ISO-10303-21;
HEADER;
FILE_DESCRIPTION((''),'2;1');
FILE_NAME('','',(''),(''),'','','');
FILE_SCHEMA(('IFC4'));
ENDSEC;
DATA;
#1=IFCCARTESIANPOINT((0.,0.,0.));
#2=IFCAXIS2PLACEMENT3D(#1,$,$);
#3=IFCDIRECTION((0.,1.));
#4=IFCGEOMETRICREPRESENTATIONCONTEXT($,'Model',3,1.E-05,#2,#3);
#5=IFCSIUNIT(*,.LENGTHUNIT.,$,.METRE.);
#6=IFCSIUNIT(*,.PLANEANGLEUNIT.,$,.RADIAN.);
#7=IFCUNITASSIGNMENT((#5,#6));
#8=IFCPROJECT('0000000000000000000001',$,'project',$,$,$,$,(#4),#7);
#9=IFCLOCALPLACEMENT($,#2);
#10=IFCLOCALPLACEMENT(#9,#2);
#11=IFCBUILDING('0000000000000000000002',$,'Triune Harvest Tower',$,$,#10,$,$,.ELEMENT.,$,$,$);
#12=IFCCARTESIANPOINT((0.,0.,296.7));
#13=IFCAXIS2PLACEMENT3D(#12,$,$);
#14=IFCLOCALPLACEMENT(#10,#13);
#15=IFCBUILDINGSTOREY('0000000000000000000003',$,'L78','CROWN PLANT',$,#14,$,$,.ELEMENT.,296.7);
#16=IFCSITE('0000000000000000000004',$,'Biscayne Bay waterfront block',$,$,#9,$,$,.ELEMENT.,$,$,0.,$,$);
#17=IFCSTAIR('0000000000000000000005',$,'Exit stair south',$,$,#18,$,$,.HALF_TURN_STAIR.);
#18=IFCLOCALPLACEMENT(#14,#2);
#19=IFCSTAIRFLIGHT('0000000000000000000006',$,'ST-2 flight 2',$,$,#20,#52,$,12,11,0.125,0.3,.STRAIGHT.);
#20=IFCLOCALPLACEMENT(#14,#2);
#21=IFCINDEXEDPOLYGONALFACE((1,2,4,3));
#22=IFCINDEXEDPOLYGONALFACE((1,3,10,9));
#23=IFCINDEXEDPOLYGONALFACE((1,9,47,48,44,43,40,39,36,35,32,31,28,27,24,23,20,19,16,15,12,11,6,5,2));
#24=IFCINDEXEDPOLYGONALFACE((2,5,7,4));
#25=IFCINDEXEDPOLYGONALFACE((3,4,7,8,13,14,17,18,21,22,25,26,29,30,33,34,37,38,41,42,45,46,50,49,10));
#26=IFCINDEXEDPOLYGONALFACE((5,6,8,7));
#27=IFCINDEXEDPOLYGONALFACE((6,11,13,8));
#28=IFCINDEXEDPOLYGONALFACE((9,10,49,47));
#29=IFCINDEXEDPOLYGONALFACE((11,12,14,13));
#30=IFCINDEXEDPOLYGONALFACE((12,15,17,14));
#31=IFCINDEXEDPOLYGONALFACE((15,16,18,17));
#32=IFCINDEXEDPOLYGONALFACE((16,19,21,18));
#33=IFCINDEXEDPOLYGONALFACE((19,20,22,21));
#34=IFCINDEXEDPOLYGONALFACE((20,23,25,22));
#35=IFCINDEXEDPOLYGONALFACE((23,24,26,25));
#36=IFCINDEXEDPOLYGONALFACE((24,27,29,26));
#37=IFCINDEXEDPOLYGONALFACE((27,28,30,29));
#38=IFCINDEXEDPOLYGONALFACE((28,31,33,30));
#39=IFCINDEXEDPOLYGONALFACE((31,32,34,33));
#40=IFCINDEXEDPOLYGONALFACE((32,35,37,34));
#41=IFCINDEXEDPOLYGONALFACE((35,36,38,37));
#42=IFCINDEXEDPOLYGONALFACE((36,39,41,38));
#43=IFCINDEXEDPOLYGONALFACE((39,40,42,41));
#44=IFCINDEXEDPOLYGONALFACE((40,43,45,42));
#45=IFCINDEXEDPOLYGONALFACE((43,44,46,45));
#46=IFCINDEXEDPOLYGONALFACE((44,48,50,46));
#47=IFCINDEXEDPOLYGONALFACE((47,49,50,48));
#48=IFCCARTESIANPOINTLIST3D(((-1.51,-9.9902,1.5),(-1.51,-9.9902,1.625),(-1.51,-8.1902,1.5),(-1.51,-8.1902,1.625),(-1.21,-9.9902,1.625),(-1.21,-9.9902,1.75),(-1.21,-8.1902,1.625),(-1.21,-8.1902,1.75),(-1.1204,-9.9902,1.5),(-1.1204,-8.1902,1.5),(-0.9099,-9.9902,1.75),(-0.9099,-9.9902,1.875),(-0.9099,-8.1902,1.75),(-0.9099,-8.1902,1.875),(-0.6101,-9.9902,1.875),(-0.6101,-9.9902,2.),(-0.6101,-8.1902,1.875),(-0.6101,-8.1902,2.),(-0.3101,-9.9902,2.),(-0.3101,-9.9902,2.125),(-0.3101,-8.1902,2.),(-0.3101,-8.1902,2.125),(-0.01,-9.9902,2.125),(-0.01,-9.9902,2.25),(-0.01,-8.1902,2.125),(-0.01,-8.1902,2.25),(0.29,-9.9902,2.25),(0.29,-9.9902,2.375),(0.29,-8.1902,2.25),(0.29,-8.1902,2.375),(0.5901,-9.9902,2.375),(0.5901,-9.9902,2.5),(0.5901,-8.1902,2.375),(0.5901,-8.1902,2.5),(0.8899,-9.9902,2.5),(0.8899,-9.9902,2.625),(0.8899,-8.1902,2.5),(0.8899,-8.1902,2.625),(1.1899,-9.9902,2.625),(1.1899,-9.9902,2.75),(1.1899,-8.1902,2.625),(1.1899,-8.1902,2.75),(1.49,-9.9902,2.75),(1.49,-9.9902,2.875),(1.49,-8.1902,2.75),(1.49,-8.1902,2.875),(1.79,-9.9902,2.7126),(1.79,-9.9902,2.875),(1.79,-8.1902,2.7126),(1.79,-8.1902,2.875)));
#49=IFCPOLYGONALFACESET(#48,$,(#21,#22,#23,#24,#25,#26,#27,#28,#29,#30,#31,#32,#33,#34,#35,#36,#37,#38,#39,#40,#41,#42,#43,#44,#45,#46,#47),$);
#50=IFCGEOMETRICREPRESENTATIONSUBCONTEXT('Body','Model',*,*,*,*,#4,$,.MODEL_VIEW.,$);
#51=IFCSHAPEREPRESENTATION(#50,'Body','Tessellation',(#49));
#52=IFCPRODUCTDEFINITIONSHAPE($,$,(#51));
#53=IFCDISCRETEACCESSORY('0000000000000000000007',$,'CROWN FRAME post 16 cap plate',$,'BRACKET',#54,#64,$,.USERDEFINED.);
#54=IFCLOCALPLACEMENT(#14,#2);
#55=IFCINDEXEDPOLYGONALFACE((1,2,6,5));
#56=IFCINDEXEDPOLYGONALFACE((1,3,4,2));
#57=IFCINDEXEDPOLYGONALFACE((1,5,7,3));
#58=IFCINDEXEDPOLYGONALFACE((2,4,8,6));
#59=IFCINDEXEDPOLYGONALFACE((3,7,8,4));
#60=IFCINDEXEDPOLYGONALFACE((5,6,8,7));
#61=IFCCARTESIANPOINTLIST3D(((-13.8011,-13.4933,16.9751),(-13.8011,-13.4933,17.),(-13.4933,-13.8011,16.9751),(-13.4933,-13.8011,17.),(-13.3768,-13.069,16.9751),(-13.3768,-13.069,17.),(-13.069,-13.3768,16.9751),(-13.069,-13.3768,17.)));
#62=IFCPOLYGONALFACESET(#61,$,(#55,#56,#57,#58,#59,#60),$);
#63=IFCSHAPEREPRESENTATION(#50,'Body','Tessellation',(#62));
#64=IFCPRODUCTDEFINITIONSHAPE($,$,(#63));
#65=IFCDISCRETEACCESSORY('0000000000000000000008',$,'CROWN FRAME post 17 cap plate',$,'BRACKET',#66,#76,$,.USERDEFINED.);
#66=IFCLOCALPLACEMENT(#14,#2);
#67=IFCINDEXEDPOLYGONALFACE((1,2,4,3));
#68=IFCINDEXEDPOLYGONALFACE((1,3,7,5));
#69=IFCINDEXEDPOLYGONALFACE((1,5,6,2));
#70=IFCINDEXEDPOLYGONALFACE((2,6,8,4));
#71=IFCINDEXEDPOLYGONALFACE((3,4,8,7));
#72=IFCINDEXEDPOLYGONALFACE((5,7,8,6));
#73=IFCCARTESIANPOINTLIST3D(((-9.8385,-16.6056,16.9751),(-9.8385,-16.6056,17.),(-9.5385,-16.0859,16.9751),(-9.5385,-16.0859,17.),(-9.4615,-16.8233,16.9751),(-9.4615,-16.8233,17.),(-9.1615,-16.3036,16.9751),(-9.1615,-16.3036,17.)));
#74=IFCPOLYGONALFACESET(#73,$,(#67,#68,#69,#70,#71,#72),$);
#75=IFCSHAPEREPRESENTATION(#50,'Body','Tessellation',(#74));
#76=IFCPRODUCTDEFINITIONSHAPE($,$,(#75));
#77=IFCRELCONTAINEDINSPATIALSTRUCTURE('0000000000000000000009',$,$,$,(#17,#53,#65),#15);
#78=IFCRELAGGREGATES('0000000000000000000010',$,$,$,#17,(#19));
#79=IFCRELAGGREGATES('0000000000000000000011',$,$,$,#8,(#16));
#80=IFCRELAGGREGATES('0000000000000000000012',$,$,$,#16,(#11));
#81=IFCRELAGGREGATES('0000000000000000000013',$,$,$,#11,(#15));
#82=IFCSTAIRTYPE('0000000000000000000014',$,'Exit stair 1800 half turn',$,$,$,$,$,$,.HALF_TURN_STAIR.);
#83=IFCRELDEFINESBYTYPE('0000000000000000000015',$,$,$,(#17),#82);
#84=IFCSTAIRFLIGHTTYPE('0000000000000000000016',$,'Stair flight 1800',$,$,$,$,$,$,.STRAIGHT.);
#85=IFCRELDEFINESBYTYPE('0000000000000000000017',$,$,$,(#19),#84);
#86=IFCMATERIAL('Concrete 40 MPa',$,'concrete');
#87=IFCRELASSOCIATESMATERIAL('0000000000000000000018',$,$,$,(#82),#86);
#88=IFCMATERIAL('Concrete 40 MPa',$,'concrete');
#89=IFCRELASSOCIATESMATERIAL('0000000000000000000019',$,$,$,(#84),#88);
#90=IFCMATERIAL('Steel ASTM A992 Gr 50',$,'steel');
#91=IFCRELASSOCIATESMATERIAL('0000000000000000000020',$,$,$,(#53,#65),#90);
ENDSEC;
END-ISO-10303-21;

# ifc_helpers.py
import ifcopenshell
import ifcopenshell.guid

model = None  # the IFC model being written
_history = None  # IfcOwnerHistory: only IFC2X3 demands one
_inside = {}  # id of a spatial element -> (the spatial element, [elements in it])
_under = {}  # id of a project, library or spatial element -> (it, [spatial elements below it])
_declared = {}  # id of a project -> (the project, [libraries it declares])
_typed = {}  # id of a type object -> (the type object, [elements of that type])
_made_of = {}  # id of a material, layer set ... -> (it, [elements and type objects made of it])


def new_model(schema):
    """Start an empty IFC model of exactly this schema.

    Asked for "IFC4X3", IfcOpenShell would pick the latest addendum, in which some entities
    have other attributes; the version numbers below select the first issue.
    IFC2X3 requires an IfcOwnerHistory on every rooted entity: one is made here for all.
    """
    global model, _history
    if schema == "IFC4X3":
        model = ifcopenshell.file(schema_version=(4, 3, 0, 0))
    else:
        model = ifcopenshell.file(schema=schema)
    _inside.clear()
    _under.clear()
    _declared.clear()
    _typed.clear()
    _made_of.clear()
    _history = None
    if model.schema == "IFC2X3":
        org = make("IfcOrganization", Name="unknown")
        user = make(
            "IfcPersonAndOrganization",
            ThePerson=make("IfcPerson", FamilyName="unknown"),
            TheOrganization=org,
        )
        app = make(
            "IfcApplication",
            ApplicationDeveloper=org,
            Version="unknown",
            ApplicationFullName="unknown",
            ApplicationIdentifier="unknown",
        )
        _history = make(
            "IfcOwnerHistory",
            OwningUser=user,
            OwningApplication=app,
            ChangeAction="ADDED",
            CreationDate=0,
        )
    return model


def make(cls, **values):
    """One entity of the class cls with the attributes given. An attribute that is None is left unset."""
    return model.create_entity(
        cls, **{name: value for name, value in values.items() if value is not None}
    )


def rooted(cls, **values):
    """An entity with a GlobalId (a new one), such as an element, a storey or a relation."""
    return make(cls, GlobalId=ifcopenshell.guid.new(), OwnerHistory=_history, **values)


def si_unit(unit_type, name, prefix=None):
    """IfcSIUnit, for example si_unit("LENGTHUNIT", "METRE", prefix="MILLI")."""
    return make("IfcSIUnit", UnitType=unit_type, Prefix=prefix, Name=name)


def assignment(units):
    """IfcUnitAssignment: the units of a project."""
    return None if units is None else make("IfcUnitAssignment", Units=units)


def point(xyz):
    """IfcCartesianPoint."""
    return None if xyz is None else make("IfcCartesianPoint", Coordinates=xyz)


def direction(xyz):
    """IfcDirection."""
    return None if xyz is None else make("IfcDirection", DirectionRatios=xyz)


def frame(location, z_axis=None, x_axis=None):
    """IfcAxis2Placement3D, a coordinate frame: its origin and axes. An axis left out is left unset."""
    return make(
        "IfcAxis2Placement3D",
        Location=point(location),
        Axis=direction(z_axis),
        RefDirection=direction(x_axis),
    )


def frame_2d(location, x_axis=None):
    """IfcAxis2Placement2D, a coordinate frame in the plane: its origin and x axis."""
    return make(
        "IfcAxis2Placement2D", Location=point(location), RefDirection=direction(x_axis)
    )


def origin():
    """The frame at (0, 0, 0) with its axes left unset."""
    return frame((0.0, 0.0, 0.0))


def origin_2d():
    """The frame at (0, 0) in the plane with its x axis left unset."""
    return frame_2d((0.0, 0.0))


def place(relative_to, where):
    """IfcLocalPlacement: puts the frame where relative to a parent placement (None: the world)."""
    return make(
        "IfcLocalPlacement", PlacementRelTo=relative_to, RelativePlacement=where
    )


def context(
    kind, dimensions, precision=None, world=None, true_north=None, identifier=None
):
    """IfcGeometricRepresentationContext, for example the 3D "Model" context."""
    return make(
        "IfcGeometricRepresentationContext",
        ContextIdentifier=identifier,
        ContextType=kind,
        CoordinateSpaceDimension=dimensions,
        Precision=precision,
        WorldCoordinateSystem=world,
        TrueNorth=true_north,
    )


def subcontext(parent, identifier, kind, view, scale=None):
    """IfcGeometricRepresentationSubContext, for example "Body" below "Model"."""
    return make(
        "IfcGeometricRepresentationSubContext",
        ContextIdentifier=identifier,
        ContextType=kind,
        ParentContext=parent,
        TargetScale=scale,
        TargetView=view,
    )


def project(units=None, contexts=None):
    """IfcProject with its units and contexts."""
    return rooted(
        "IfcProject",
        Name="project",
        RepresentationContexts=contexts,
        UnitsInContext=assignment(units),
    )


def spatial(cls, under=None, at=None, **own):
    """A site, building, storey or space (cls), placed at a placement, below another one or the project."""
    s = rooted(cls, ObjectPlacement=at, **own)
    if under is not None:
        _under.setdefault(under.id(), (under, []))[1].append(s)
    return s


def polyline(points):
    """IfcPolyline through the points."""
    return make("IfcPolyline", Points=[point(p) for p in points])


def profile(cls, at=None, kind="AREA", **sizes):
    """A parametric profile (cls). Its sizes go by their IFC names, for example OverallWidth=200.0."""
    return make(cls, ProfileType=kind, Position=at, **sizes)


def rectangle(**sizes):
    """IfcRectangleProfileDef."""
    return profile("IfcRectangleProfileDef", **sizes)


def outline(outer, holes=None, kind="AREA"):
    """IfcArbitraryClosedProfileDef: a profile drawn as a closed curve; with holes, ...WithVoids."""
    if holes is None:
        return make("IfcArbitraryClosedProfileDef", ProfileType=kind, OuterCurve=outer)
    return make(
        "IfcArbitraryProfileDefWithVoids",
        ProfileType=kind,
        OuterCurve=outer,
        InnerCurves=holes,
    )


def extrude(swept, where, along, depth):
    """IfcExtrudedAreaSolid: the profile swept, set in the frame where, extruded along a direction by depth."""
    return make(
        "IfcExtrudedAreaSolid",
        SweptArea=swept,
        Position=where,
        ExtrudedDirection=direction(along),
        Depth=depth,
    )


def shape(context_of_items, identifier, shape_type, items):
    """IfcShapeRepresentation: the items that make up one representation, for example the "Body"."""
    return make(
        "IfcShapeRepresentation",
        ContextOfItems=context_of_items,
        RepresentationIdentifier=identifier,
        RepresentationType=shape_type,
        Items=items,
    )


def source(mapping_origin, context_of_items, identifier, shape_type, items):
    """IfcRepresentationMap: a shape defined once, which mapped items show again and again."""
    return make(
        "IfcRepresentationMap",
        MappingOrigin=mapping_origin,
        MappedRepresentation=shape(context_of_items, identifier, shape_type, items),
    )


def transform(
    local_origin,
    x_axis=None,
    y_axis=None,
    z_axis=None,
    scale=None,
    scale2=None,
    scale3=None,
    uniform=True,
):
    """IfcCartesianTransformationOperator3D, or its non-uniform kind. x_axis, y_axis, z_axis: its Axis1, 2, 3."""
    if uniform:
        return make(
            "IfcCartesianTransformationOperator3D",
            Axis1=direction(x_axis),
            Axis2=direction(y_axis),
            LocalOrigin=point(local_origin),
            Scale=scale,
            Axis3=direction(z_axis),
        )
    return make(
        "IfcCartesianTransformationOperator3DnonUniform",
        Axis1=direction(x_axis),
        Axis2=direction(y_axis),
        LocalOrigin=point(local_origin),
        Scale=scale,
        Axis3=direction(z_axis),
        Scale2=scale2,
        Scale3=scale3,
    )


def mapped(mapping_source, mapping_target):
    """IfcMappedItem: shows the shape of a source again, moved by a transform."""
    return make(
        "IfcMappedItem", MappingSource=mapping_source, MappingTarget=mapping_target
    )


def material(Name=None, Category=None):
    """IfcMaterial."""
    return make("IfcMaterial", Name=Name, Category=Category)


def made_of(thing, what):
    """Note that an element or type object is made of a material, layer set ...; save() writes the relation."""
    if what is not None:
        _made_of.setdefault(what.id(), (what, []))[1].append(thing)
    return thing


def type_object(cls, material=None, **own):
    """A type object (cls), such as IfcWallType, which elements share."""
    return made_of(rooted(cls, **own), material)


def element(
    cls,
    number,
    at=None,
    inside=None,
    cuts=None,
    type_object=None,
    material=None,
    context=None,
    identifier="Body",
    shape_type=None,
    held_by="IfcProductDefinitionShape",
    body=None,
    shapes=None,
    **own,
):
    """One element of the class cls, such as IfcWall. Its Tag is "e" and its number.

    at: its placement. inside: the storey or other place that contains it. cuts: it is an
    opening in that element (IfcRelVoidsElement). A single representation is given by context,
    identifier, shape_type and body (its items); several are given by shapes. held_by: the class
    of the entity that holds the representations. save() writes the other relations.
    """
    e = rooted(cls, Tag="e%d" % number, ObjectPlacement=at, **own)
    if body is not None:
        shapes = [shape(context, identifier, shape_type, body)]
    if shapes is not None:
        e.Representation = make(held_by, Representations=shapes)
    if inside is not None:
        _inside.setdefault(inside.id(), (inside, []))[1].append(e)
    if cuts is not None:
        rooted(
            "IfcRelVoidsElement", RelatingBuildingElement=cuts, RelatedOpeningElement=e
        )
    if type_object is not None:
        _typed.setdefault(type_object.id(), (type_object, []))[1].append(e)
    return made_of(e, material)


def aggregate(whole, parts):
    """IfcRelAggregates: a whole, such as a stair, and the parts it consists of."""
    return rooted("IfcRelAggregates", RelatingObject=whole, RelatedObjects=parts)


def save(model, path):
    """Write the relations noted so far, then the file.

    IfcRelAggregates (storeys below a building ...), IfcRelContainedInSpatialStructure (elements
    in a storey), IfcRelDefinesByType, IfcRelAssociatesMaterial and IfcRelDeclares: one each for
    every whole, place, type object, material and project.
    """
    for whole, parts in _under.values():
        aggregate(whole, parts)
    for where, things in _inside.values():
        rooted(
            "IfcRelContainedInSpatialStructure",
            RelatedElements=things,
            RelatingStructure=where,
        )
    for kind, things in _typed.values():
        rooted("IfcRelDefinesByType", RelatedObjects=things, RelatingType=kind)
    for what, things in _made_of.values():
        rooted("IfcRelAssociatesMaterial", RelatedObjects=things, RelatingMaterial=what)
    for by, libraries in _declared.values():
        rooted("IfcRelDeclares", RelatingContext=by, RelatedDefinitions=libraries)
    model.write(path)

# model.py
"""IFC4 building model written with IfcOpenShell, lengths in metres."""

from ifc_helpers import new_model, si_unit, direction, frame, origin, origin_2d, place, context, subcontext, project, spatial, polyline, rectangle, outline, extrude, source, transform, mapped, material, type_object, element, aggregate, save


model = new_model("IFC4")

# Units and contexts
model_context = context("Model", 3, precision=1e-05, world=origin(), true_north=direction((0.0, 1.0)))
body_context = subcontext(model_context, "Body", "Model", "MODEL_VIEW")
ifc_project = project(units=[si_unit("LENGTHUNIT", "METRE"), si_unit("PLANEANGLEUNIT", "RADIAN")], contexts=[model_context])

# Site, building, storey
site_placement = place(None, origin())
site = spatial("IfcSite", under=ifc_project, at=site_placement, Name="Biscayne Bay waterfront block", CompositionType="ELEMENT", RefElevation=0.0)
building_placement = place(site_placement, origin())
building = spatial("IfcBuilding", under=site, at=building_placement, Name="Triune Harvest Tower", CompositionType="ELEMENT")
storey_placement = place(building_placement, frame((0.0, 0.0, 296.7)))
storey = spatial("IfcBuildingStorey", under=building, at=storey_placement, Name="L78", Description="CROWN PLANT", CompositionType="ELEMENT", Elevation=296.7)

# Stair, stair flight
ifc_material_1 = material(Name="Concrete 40 MPa", Category="concrete")
stair_type = type_object("IfcStairType", Name="Exit stair 1800 half turn", PredefinedType="HALF_TURN_STAIR", material=ifc_material_1)
stair_placement = place(storey_placement, origin())
stair = element("IfcStair", 1, at=stair_placement, inside=storey, type_object=stair_type, Name="Exit stair south", PredefinedType="HALF_TURN_STAIR")
ifc_material_2 = material(Name="Concrete 40 MPa", Category="concrete")
stair_flight_type = type_object("IfcStairFlightType", Name="Stair flight 1800", PredefinedType="STRAIGHT", material=ifc_material_2)
shared_shape_1 = source(origin(), body_context, "Body", "SweptSolid", [
    extrude(outline(polyline([(0.0, 0.0), (0.0, 0.125), (0.3, 0.125), (0.3, 0.25), (0.6001, 0.25), (0.6001, 0.375), (0.8999, 0.375), (0.8999, 0.5), (1.2, 0.5), (1.2, 0.625), (1.5, 0.625), (1.5, 0.75), (1.8, 0.75), (1.8, 0.875), (2.1001, 0.875), (2.1001, 1.0), (2.3999, 1.0), (2.3999, 1.125), (2.7, 1.125), (2.7, 1.25), (3.0, 1.25), (3.0, 1.375), (3.3, 1.375), (3.3, 1.5), (3.3, 1.2126), (0.3896, 0.0), (0.0, 0.0)])), frame((0.0, 0.8999, 0.0), z_axis=(0.0, -1.0, 0.0), x_axis=(1.0, 0.0, 0.0)), (0.0, 0.0, 1.0), 1.8),
])
stair_flight_placement = place(storey_placement, frame((-1.51, -9.0901, 1.5), z_axis=(0.0, 0.0, 1.0), x_axis=(1.0, 0.0, 0.0)))
stair_flight = element("IfcStairFlight", 2, at=stair_flight_placement, type_object=stair_flight_type, Name="ST-2 flight 2", NumberOfRisers=12, NumberOfTreads=11, PredefinedType="STRAIGHT", RiserHeight=0.125, TreadLength=0.3, context=body_context, shape_type="MappedRepresentation", body=[
    mapped(shared_shape_1, transform((0.0, 0.0, 0.0), scale=1.0)),
])
aggregate(stair, [stair_flight])

# Discrete accessories
ifc_material_3 = material(Name="Steel ASTM A992 Gr 50", Category="steel")
shared_shape_2 = source(origin(), body_context, "Body", "SweptSolid", [
    extrude(rectangle(XDim=0.6001, YDim=0.4353, at=origin_2d()), origin(), (0.0, 0.0, 1.0), 0.0249),
])
for number, where, z_axis, x_axis, name in (
    (3, (-13.4351, -13.4351, 16.9751), (0.0, 0.0, 1.0), (-0.707107, -0.707107, 0.0), "CROWN FRAME post 16 cap plate"),
    (4, (-9.5, -16.4546, 16.9751), (0.0, 0.0, 1.0), (-0.5, -0.866025, 0.0), "CROWN FRAME post 17 cap plate"),
):
    element("IfcDiscreteAccessory", number, at=place(storey_placement, frame(where, z_axis=z_axis, x_axis=x_axis)), inside=storey, material=ifc_material_3, Name=name, ObjectType="BRACKET", PredefinedType="USERDEFINED", context=body_context, shape_type="MappedRepresentation", body=[
        mapped(shared_shape_2, transform((0.0, 0.0, 0.0), scale=1.0)),
    ])

save(model, "model.ifc")
